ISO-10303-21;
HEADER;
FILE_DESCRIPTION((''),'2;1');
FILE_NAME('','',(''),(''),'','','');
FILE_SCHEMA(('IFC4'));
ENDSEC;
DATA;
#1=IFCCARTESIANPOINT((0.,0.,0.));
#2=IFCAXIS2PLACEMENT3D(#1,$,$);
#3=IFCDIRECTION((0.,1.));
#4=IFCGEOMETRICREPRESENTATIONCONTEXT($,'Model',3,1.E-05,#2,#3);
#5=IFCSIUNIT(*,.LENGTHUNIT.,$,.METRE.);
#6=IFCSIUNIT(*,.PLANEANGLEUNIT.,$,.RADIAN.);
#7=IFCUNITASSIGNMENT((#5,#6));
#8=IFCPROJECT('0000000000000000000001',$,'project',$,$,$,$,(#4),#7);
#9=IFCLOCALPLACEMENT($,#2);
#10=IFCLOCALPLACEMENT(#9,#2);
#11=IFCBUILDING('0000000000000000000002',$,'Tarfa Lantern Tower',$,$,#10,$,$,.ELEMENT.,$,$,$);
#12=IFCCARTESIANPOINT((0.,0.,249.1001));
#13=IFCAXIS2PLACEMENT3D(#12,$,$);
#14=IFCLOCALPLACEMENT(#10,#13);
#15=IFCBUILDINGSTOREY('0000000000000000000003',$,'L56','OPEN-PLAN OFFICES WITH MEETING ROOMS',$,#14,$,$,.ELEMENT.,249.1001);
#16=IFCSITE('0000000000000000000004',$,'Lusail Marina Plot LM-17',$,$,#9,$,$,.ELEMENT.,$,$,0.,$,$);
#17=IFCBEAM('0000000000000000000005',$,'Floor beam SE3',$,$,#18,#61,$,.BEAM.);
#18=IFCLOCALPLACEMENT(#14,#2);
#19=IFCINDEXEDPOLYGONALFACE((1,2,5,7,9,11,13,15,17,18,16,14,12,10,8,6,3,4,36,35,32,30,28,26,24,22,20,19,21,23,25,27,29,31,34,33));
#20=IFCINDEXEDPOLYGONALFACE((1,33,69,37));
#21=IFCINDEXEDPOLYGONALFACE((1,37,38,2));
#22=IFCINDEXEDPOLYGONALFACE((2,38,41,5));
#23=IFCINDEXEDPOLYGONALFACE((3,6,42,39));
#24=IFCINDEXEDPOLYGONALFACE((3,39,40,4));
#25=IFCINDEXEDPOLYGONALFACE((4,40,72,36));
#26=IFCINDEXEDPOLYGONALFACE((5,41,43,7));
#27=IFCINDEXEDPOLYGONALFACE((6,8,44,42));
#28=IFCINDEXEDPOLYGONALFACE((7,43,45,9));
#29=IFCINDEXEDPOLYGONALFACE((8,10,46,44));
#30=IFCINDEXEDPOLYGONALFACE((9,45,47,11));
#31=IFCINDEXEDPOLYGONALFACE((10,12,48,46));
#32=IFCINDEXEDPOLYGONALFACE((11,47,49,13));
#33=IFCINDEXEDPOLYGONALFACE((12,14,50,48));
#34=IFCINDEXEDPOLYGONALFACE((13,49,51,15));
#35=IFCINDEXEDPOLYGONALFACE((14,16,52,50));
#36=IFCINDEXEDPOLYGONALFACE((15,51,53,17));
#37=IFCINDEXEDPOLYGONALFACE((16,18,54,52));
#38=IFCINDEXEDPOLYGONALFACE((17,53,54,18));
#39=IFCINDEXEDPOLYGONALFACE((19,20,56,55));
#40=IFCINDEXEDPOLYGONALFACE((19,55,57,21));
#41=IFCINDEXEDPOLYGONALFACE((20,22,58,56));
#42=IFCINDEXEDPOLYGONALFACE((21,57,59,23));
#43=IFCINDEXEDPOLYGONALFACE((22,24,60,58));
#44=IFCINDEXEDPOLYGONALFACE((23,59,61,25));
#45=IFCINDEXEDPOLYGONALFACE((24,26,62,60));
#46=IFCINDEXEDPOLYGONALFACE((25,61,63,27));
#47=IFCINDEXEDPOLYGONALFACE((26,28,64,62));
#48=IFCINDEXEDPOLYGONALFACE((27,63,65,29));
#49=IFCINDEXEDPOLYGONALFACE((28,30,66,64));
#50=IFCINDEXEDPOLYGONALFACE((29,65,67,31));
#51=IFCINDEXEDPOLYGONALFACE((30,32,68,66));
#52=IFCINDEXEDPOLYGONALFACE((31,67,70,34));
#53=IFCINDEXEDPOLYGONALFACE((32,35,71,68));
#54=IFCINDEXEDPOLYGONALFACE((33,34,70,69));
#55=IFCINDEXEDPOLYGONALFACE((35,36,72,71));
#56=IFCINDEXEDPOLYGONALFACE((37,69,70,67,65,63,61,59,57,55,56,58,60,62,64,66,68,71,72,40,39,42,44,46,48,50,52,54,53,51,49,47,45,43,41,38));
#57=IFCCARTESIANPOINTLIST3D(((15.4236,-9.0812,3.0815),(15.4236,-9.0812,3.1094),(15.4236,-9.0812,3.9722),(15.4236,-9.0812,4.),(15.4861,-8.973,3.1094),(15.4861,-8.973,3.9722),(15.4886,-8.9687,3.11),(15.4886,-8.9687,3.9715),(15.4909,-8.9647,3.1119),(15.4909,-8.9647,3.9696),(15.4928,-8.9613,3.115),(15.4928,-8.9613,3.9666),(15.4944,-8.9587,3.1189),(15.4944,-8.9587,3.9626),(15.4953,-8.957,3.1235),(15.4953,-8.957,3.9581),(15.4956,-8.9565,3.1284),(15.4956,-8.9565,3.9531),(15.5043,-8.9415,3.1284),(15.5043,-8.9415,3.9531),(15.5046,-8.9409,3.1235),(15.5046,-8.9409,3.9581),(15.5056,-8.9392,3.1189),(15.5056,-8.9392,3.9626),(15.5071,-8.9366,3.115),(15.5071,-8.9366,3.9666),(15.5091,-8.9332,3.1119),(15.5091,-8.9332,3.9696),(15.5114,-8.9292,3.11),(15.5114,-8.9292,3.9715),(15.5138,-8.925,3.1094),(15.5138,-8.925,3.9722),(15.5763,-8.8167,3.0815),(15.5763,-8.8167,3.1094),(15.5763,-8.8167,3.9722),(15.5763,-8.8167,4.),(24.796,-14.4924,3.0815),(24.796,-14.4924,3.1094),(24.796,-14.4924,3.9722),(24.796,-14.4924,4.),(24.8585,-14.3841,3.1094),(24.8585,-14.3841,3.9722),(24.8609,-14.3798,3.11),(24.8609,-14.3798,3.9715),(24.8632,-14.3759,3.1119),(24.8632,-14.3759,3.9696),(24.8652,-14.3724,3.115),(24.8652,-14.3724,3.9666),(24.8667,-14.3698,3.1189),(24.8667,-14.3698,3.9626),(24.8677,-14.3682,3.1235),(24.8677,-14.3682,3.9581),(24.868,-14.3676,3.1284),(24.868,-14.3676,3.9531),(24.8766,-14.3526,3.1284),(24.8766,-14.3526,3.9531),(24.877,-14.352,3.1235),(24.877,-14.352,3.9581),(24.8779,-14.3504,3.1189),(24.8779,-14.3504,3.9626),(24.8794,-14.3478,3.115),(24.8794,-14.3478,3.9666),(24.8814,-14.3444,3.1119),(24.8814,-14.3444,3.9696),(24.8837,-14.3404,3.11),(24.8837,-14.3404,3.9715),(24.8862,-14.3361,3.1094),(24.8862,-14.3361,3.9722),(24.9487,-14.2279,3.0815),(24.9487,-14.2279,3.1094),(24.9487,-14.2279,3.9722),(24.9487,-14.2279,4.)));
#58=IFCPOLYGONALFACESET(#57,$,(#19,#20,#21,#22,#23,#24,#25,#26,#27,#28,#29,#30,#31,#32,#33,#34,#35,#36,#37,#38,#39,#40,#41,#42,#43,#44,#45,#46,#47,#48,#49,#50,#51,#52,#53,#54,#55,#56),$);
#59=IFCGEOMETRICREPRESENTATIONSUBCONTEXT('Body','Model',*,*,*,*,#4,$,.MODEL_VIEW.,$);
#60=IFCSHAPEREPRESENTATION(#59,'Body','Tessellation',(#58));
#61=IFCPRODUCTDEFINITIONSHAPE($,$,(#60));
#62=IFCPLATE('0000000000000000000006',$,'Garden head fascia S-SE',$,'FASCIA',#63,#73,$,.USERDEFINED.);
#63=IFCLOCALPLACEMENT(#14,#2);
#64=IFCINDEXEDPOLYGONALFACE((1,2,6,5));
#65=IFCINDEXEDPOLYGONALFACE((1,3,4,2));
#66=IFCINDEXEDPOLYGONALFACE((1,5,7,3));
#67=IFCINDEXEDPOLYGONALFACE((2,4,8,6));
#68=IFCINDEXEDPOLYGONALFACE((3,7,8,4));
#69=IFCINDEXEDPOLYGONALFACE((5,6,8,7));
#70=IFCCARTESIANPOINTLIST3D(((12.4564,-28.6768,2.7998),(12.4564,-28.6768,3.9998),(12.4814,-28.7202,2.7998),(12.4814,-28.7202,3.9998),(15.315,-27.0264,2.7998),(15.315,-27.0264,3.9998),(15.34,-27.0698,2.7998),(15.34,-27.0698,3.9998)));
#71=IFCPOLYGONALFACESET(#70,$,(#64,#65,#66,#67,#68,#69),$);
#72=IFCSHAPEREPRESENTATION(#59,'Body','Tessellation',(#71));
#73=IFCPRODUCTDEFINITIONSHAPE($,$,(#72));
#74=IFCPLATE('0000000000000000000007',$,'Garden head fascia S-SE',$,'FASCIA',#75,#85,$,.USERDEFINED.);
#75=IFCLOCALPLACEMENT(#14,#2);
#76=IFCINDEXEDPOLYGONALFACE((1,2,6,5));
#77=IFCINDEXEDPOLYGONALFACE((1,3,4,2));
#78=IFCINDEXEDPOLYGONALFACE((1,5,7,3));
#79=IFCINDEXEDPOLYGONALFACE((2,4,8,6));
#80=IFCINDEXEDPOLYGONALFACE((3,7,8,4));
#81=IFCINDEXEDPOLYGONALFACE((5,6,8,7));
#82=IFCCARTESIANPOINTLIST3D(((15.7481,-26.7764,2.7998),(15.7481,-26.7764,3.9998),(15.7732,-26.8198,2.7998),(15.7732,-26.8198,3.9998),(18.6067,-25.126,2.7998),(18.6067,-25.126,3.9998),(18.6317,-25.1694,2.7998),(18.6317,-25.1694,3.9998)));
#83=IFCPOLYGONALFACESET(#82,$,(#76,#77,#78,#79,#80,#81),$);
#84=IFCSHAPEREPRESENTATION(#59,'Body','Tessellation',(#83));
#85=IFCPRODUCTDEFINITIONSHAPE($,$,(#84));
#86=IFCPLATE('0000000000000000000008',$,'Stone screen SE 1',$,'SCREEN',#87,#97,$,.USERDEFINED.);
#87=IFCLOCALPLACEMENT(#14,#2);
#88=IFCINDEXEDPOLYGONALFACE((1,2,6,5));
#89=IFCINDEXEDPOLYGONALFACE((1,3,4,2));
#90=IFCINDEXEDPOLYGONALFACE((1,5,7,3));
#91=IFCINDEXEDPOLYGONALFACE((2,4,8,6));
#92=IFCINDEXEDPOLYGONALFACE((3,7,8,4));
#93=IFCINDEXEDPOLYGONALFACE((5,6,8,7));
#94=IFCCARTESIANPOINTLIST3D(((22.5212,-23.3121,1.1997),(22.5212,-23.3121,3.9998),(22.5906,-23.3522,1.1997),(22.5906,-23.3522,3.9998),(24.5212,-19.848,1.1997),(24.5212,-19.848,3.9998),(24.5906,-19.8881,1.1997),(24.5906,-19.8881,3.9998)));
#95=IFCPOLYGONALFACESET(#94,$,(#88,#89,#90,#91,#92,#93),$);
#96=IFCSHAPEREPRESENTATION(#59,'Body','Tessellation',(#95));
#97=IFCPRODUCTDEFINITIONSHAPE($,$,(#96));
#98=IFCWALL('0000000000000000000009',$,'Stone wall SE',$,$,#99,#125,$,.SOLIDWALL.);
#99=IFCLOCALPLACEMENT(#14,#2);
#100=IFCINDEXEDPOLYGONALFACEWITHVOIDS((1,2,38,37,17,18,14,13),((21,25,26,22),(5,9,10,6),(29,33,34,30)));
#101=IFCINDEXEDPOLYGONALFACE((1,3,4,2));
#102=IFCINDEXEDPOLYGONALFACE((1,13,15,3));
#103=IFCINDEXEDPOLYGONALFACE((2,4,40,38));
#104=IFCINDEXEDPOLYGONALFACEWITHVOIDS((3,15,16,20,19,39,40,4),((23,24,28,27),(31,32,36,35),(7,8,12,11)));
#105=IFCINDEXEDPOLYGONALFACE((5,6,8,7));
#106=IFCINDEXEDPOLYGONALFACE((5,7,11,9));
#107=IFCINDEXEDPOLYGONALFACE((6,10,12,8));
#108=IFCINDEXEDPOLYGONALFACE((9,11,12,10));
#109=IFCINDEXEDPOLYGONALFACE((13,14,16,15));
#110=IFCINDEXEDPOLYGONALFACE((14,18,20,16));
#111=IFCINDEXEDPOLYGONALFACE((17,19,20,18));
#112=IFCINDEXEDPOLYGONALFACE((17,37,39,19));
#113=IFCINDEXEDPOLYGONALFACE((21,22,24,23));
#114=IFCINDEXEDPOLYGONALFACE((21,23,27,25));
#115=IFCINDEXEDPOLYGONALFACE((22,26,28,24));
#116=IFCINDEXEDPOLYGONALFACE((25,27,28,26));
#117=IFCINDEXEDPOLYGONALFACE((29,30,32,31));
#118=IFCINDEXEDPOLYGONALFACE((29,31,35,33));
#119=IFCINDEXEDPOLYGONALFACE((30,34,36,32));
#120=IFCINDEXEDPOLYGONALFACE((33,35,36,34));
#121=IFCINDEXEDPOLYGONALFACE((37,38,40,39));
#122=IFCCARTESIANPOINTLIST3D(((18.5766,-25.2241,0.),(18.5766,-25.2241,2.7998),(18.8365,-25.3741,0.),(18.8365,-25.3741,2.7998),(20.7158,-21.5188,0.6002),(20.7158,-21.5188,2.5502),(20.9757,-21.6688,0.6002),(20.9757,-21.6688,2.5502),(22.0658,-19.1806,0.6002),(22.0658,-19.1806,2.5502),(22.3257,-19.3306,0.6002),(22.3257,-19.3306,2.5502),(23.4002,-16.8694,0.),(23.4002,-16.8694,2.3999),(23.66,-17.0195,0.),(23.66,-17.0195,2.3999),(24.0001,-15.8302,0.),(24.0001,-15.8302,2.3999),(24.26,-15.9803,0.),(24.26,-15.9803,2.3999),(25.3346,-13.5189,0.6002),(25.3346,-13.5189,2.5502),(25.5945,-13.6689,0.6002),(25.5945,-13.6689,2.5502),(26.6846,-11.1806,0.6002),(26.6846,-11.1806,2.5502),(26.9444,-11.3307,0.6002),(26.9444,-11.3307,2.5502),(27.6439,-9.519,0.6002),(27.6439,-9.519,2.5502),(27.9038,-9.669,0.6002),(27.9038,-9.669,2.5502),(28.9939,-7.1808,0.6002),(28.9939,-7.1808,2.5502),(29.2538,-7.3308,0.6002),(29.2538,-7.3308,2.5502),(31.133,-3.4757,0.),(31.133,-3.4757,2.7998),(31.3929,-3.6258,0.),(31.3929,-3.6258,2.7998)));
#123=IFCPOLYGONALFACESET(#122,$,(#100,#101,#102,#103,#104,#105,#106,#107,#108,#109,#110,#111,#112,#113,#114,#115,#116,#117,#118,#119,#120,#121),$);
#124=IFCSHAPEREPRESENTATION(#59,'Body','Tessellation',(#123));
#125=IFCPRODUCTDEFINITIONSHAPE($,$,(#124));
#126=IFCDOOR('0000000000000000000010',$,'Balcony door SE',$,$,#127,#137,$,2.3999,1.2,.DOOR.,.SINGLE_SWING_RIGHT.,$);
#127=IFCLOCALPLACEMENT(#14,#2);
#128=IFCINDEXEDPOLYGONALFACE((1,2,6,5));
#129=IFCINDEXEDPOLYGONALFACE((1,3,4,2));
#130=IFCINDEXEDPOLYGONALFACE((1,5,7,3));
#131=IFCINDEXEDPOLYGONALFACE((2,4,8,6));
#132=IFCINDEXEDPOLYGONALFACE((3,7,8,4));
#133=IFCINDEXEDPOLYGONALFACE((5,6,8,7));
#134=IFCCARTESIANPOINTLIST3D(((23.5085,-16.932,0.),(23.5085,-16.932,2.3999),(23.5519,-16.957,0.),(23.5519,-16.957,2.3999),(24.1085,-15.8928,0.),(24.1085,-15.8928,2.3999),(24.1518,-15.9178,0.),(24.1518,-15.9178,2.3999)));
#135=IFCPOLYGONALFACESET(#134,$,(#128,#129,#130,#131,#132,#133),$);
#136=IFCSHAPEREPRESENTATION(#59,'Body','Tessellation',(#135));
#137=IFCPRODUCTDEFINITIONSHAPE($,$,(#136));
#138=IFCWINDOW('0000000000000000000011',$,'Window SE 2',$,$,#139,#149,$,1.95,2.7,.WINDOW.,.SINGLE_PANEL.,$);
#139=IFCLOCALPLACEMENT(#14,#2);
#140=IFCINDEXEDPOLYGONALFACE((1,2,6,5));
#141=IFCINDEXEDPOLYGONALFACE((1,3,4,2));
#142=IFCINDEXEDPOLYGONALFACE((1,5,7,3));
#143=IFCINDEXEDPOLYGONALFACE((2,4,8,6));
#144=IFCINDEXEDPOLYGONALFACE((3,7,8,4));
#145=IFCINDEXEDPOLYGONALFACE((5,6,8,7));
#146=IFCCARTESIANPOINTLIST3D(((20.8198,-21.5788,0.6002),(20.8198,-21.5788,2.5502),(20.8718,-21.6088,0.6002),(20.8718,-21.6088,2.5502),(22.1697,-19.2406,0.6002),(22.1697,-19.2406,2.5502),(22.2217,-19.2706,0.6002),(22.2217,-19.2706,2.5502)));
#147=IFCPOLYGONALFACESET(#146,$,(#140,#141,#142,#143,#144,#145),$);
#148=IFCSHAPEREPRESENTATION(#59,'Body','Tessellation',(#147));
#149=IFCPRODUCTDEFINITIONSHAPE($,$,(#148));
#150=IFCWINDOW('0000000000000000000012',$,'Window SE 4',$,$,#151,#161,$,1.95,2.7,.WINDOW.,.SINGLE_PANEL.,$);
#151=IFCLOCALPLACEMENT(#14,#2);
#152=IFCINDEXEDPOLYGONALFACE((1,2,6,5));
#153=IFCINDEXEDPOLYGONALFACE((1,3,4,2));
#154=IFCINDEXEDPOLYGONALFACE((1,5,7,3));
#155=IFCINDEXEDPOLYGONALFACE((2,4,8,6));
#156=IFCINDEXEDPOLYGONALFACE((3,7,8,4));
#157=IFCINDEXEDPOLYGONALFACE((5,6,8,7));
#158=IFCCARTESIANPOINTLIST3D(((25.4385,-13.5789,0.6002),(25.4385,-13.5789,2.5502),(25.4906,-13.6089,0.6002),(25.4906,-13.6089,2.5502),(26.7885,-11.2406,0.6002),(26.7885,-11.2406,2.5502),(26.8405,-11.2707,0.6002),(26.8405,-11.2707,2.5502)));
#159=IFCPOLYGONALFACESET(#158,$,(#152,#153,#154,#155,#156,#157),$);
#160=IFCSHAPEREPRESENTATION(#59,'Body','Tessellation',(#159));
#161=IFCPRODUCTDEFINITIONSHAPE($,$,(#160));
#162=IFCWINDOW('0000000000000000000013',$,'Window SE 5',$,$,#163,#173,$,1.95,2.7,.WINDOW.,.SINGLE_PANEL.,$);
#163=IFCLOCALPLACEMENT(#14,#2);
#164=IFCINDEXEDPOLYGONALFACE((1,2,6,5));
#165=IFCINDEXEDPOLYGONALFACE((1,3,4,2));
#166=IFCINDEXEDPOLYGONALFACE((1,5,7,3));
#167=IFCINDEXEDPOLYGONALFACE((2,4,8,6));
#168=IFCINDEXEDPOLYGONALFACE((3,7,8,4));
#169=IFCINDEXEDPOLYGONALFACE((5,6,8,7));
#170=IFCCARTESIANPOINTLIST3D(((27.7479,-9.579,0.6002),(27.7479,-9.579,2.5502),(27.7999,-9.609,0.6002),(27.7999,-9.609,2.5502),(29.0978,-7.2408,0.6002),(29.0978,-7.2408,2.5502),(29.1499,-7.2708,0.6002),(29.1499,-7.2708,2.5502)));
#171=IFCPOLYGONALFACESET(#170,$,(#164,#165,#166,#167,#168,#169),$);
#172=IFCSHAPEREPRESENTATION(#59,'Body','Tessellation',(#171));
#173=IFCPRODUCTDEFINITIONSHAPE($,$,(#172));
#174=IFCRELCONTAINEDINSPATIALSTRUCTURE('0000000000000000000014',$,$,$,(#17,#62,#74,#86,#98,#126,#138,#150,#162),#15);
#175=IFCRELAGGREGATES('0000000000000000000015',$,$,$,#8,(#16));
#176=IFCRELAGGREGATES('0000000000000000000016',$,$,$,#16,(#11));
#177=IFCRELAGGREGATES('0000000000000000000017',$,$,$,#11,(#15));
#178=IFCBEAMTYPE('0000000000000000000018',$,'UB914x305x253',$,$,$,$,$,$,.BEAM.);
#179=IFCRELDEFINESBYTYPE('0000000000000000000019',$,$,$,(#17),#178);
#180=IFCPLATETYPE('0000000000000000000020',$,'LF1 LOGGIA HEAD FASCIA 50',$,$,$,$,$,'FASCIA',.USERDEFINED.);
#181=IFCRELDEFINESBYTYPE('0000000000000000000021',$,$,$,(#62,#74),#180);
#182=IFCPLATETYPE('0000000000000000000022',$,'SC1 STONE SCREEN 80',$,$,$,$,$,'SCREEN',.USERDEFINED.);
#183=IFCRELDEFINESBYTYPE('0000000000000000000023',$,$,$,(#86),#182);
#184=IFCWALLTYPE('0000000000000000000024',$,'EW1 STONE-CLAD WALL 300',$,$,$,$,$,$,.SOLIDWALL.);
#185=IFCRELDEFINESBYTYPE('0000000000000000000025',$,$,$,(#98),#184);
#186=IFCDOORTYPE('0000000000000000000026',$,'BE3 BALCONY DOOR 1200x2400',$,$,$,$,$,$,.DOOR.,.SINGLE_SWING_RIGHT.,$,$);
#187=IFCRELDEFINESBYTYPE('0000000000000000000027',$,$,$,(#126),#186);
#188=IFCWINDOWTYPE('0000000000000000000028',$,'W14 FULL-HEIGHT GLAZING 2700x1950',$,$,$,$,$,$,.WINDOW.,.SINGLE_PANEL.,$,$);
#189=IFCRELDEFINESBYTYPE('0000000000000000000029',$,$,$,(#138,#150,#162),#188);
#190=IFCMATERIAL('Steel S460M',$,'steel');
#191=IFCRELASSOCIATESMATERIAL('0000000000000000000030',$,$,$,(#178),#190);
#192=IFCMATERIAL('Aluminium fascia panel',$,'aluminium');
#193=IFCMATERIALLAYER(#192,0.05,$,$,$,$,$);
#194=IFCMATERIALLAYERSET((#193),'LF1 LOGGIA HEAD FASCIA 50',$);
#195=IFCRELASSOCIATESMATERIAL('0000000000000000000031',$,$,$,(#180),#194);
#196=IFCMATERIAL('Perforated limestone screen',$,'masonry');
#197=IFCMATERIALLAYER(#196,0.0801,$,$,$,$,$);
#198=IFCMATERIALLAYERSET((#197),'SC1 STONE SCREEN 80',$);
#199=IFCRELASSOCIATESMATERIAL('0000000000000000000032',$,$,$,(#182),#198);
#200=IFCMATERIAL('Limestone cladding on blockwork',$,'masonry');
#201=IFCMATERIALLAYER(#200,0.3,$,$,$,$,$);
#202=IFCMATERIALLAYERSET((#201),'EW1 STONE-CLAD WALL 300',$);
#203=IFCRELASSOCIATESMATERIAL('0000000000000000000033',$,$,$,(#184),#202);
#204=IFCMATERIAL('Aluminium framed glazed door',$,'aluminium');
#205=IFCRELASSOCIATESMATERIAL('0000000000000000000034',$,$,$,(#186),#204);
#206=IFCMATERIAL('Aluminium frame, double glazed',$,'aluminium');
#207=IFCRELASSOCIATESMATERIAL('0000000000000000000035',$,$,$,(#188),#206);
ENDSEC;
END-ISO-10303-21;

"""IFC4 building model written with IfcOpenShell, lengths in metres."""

from ifc_helpers import new_model, si_unit, direction, frame, frame_2d, origin, origin_2d, place, context, subcontext, project, spatial, rectangle, i_section, extrude, material, layer, layer_set, material_profile, profile_set, type_object, element, fill, save


model = new_model("IFC4")

# Units and contexts
model_context = context("Model", 3, precision=1e-05, world=origin(), true_north=direction((0.0, 1.0)))
body_context = subcontext(model_context, "Body", "Model", "MODEL_VIEW")
ifc_project = project(units=[si_unit("LENGTHUNIT", "METRE"), si_unit("PLANEANGLEUNIT", "RADIAN")], contexts=[model_context])

# Site, building, storey
site_placement = place(None, origin())
site = spatial("IfcSite", under=ifc_project, at=site_placement, Name="Lusail Marina Plot LM-17", CompositionType="ELEMENT", RefElevation=0.0)
building_placement = place(site_placement, origin())
building = spatial("IfcBuilding", under=site, at=building_placement, Name="Tarfa Lantern Tower", CompositionType="ELEMENT")
storey_placement = place(building_placement, frame((0.0, 0.0, 249.1001)))
storey = spatial("IfcBuildingStorey", under=building, at=storey_placement, Name="L56", Description="OPEN-PLAN OFFICES WITH MEETING ROOMS", CompositionType="ELEMENT", Elevation=249.1001)

# Beam
ifc_material_1 = material(Name="Steel S460M", Category="steel")
ifc_material_profile_1 = material_profile(ifc_material_1, i_section(OverallWidth=0.3054, OverallDepth=0.9185, WebThickness=0.0173, FlangeThickness=0.0278, FilletRadius=0.019, at=origin_2d()), Name="UB914x305x253")
ifc_profile_set_1 = profile_set([ifc_material_profile_1], Name="Steel S460M")
beam_type_1 = type_object("IfcBeamType", Name="UB914x305x253", PredefinedType="BEAM", material=ifc_profile_set_1)
beam_1_placement = place(storey_placement, frame((24.8723, -14.3601, 3.5408), z_axis=(-0.866024, 0.500002, 0.0), x_axis=(-0.500002, -0.866024, 0.0)))
element("IfcBeam", 1, at=beam_1_placement, inside=storey, type_object=beam_type_1, Name="Floor beam SE3", PredefinedType="BEAM", context=body_context, shape_type="SweptSolid", body=[
    extrude(i_section(OverallWidth=0.3054, OverallDepth=0.9185, WebThickness=0.0173, FlangeThickness=0.0278, FilletRadius=0.019, at=origin_2d()), origin(), (0.0, 0.0, 1.0), 10.8223),
])

# Plates
ifc_material_2 = material(Name="Aluminium fascia panel", Category="aluminium")
ifc_layer_1 = layer(ifc_material_2, 0.05)
ifc_layer_set_1 = layer_set([ifc_layer_1], Name="LF1 LOGGIA HEAD FASCIA 50")
plate_type_1 = type_object("IfcPlateType", Name="LF1 LOGGIA HEAD FASCIA 50", ElementType="FASCIA", PredefinedType="USERDEFINED", material=ifc_layer_set_1)
for number, where, z_axis, x_axis, name in (
    (2, (13.8982, -27.8733, 2.7998), (0.0, 0.0, 1.0), (0.866025, 0.5, 0.0), "Garden head fascia S-SE"),
    (3, (17.1899, -25.9729, 2.7998), (0.0, 0.0, 1.0), (0.866025, 0.5, 0.0), "Garden head fascia S-SE"),
):
    element("IfcPlate", number, at=place(storey_placement, frame(where, z_axis=z_axis, x_axis=x_axis)), inside=storey, type_object=plate_type_1, Name=name, ObjectType="FASCIA", PredefinedType="USERDEFINED", context=body_context, shape_type="SweptSolid", body=[
        extrude(rectangle(XDim=3.3008, YDim=0.05, at=origin_2d()), origin(), (0.0, 0.0, 1.0), 1.2),
    ])
ifc_material_3 = material(Name="Perforated limestone screen", Category="masonry")
ifc_layer_2 = layer(ifc_material_3, 0.0801)
ifc_layer_set_2 = layer_set([ifc_layer_2], Name="SC1 STONE SCREEN 80")
plate_type_2 = type_object("IfcPlateType", Name="SC1 STONE SCREEN 80", ElementType="SCREEN", PredefinedType="USERDEFINED", material=ifc_layer_set_2)
plate_placement = place(storey_placement, frame((23.5559, -21.6001, 1.1997), z_axis=(0.0, 0.0, 1.0), x_axis=(0.5, 0.866025, 0.0)))
element("IfcPlate", 4, at=plate_placement, inside=storey, type_object=plate_type_2, Name="Stone screen SE 1", ObjectType="SCREEN", PredefinedType="USERDEFINED", context=body_context, shape_type="SweptSolid", body=[
    extrude(rectangle(XDim=4.0, YDim=0.0801, at=origin_2d()), origin(), (0.0, 0.0, 1.0), 2.8),
])

# Wall, openings, door, windows
ifc_material_4 = material(Name="Limestone cladding on blockwork", Category="masonry")
ifc_layer_3 = layer(ifc_material_4, 0.3)
ifc_layer_set_3 = layer_set([ifc_layer_3], Name="EW1 STONE-CLAD WALL 300")
wall_type_1 = type_object("IfcWallType", Name="EW1 STONE-CLAD WALL 300", PredefinedType="SOLIDWALL", material=ifc_layer_set_3)
wall_1_placement = place(storey_placement, frame((18.7065, -25.2991, 0.0), z_axis=(0.0, 0.0, 1.0), x_axis=(0.5, 0.866025, 0.0)))
wall_1 = element("IfcWall", 5, at=wall_1_placement, inside=storey, type_object=wall_type_1, Name="Stone wall SE", PredefinedType="SOLIDWALL", context=body_context, shape_type="SweptSolid", body=[
    extrude(rectangle(XDim=25.1128, YDim=0.3, at=frame_2d((12.5564, 0.0))), origin(), (0.0, 0.0, 1.0), 2.7998),
])
opening_1_placement = place(wall_1_placement, frame((4.2783, 0.0, 0.6001)))
opening_1 = element("IfcOpeningElement", 6, at=opening_1_placement, cuts=wall_1, PredefinedType="OPENING", context=body_context, shape_type="SweptSolid", body=[
    extrude(rectangle(XDim=2.7, YDim=1.95, at=frame_2d((1.3501, 0.9751))), frame((0.0, 0.1599, 0.0), z_axis=(0.0, -1.0, 0.0), x_axis=(1.0, 0.0, 0.0)), (0.0, 0.0, 1.0), 0.3201),
])
opening_2_placement = place(wall_1_placement, frame((9.647, 0.0, 0.0)))
opening_2 = element("IfcOpeningElement", 7, at=opening_2_placement, cuts=wall_1, PredefinedType="OPENING", context=body_context, shape_type="SweptSolid", body=[
    extrude(rectangle(XDim=1.2, YDim=2.3999, at=frame_2d((0.6001, 1.2))), frame((0.0, 0.1599, 0.0), z_axis=(0.0, -1.0, 0.0), x_axis=(1.0, 0.0, 0.0)), (0.0, 0.0, 1.0), 0.3201),
])
opening_3_placement = place(wall_1_placement, frame((13.5159, 0.0, 0.6001)))
opening_3 = element("IfcOpeningElement", 8, at=opening_3_placement, cuts=wall_1, PredefinedType="OPENING", context=body_context, shape_type="SweptSolid", body=[
    extrude(rectangle(XDim=2.7, YDim=1.95, at=frame_2d((1.3501, 0.9751))), frame((0.0, 0.1599, 0.0), z_axis=(0.0, -1.0, 0.0), x_axis=(1.0, 0.0, 0.0)), (0.0, 0.0, 1.0), 0.3201),
])
opening_4_placement = place(wall_1_placement, frame((18.1345, 0.0, 0.6001)))
opening_4 = element("IfcOpeningElement", 9, at=opening_4_placement, cuts=wall_1, PredefinedType="OPENING", context=body_context, shape_type="SweptSolid", body=[
    extrude(rectangle(XDim=2.7, YDim=1.95, at=frame_2d((1.3501, 0.9751))), frame((0.0, 0.1599, 0.0), z_axis=(0.0, -1.0, 0.0), x_axis=(1.0, 0.0, 0.0)), (0.0, 0.0, 1.0), 0.3201),
])
ifc_material_5 = material(Name="Aluminium framed glazed door", Category="aluminium")
door_type_1 = type_object("IfcDoorType", Name="BE3 BALCONY DOOR 1200x2400", OperationType="SINGLE_SWING_RIGHT", PredefinedType="DOOR", material=ifc_material_5)
door_1_placement = place(opening_2_placement, origin())
door_1 = element("IfcDoor", 10, at=door_1_placement, inside=storey, type_object=door_type_1, Name="Balcony door SE", OperationType="SINGLE_SWING_RIGHT", OverallHeight=2.3999, OverallWidth=1.2, PredefinedType="DOOR", context=body_context, shape_type="SweptSolid", body=[
    extrude(rectangle(XDim=1.2, YDim=2.3999, at=frame_2d((0.6001, 1.2))), frame((0.0, 0.0249, 0.0), z_axis=(0.0, -1.0, 0.0), x_axis=(1.0, 0.0, 0.0)), (0.0, 0.0, 1.0), 0.05),
])
fill(opening_2, door_1)
ifc_material_6 = material(Name="Aluminium frame, double glazed", Category="aluminium")
window_type = type_object("IfcWindowType", Name="W14 FULL-HEIGHT GLAZING 2700x1950", PartitioningType="SINGLE_PANEL", PredefinedType="WINDOW", material=ifc_material_6)
window_1_placement = place(opening_1_placement, origin())
window_1 = element("IfcWindow", 11, at=window_1_placement, inside=storey, type_object=window_type, Name="Window SE 2", OverallHeight=1.95, OverallWidth=2.7, PartitioningType="SINGLE_PANEL", PredefinedType="WINDOW", context=body_context, shape_type="SweptSolid", body=[
    extrude(rectangle(XDim=2.7, YDim=1.95, at=frame_2d((1.3501, 0.9751))), frame((0.0, 0.03, 0.0), z_axis=(0.0, -1.0, 0.0), x_axis=(1.0, 0.0, 0.0)), (0.0, 0.0, 1.0), 0.0601),
])
fill(opening_1, window_1)
window_2_placement = place(opening_3_placement, origin())
window_2 = element("IfcWindow", 12, at=window_2_placement, inside=storey, type_object=window_type, Name="Window SE 4", OverallHeight=1.95, OverallWidth=2.7, PartitioningType="SINGLE_PANEL", PredefinedType="WINDOW", context=body_context, shape_type="SweptSolid", body=[
    extrude(rectangle(XDim=2.7, YDim=1.95, at=frame_2d((1.3501, 0.9751))), frame((0.0, 0.03, 0.0), z_axis=(0.0, -1.0, 0.0), x_axis=(1.0, 0.0, 0.0)), (0.0, 0.0, 1.0), 0.0601),
])
fill(opening_3, window_2)
window_3_placement = place(opening_4_placement, origin())
window_3 = element("IfcWindow", 13, at=window_3_placement, inside=storey, type_object=window_type, Name="Window SE 5", OverallHeight=1.95, OverallWidth=2.7, PartitioningType="SINGLE_PANEL", PredefinedType="WINDOW", context=body_context, shape_type="SweptSolid", body=[
    extrude(rectangle(XDim=2.7, YDim=1.95, at=frame_2d((1.3501, 0.9751))), frame((0.0, 0.03, 0.0), z_axis=(0.0, -1.0, 0.0), x_axis=(1.0, 0.0, 0.0)), (0.0, 0.0, 1.0), 0.0601),
])
fill(opening_4, window_3)

save(model, "model.ifc")
